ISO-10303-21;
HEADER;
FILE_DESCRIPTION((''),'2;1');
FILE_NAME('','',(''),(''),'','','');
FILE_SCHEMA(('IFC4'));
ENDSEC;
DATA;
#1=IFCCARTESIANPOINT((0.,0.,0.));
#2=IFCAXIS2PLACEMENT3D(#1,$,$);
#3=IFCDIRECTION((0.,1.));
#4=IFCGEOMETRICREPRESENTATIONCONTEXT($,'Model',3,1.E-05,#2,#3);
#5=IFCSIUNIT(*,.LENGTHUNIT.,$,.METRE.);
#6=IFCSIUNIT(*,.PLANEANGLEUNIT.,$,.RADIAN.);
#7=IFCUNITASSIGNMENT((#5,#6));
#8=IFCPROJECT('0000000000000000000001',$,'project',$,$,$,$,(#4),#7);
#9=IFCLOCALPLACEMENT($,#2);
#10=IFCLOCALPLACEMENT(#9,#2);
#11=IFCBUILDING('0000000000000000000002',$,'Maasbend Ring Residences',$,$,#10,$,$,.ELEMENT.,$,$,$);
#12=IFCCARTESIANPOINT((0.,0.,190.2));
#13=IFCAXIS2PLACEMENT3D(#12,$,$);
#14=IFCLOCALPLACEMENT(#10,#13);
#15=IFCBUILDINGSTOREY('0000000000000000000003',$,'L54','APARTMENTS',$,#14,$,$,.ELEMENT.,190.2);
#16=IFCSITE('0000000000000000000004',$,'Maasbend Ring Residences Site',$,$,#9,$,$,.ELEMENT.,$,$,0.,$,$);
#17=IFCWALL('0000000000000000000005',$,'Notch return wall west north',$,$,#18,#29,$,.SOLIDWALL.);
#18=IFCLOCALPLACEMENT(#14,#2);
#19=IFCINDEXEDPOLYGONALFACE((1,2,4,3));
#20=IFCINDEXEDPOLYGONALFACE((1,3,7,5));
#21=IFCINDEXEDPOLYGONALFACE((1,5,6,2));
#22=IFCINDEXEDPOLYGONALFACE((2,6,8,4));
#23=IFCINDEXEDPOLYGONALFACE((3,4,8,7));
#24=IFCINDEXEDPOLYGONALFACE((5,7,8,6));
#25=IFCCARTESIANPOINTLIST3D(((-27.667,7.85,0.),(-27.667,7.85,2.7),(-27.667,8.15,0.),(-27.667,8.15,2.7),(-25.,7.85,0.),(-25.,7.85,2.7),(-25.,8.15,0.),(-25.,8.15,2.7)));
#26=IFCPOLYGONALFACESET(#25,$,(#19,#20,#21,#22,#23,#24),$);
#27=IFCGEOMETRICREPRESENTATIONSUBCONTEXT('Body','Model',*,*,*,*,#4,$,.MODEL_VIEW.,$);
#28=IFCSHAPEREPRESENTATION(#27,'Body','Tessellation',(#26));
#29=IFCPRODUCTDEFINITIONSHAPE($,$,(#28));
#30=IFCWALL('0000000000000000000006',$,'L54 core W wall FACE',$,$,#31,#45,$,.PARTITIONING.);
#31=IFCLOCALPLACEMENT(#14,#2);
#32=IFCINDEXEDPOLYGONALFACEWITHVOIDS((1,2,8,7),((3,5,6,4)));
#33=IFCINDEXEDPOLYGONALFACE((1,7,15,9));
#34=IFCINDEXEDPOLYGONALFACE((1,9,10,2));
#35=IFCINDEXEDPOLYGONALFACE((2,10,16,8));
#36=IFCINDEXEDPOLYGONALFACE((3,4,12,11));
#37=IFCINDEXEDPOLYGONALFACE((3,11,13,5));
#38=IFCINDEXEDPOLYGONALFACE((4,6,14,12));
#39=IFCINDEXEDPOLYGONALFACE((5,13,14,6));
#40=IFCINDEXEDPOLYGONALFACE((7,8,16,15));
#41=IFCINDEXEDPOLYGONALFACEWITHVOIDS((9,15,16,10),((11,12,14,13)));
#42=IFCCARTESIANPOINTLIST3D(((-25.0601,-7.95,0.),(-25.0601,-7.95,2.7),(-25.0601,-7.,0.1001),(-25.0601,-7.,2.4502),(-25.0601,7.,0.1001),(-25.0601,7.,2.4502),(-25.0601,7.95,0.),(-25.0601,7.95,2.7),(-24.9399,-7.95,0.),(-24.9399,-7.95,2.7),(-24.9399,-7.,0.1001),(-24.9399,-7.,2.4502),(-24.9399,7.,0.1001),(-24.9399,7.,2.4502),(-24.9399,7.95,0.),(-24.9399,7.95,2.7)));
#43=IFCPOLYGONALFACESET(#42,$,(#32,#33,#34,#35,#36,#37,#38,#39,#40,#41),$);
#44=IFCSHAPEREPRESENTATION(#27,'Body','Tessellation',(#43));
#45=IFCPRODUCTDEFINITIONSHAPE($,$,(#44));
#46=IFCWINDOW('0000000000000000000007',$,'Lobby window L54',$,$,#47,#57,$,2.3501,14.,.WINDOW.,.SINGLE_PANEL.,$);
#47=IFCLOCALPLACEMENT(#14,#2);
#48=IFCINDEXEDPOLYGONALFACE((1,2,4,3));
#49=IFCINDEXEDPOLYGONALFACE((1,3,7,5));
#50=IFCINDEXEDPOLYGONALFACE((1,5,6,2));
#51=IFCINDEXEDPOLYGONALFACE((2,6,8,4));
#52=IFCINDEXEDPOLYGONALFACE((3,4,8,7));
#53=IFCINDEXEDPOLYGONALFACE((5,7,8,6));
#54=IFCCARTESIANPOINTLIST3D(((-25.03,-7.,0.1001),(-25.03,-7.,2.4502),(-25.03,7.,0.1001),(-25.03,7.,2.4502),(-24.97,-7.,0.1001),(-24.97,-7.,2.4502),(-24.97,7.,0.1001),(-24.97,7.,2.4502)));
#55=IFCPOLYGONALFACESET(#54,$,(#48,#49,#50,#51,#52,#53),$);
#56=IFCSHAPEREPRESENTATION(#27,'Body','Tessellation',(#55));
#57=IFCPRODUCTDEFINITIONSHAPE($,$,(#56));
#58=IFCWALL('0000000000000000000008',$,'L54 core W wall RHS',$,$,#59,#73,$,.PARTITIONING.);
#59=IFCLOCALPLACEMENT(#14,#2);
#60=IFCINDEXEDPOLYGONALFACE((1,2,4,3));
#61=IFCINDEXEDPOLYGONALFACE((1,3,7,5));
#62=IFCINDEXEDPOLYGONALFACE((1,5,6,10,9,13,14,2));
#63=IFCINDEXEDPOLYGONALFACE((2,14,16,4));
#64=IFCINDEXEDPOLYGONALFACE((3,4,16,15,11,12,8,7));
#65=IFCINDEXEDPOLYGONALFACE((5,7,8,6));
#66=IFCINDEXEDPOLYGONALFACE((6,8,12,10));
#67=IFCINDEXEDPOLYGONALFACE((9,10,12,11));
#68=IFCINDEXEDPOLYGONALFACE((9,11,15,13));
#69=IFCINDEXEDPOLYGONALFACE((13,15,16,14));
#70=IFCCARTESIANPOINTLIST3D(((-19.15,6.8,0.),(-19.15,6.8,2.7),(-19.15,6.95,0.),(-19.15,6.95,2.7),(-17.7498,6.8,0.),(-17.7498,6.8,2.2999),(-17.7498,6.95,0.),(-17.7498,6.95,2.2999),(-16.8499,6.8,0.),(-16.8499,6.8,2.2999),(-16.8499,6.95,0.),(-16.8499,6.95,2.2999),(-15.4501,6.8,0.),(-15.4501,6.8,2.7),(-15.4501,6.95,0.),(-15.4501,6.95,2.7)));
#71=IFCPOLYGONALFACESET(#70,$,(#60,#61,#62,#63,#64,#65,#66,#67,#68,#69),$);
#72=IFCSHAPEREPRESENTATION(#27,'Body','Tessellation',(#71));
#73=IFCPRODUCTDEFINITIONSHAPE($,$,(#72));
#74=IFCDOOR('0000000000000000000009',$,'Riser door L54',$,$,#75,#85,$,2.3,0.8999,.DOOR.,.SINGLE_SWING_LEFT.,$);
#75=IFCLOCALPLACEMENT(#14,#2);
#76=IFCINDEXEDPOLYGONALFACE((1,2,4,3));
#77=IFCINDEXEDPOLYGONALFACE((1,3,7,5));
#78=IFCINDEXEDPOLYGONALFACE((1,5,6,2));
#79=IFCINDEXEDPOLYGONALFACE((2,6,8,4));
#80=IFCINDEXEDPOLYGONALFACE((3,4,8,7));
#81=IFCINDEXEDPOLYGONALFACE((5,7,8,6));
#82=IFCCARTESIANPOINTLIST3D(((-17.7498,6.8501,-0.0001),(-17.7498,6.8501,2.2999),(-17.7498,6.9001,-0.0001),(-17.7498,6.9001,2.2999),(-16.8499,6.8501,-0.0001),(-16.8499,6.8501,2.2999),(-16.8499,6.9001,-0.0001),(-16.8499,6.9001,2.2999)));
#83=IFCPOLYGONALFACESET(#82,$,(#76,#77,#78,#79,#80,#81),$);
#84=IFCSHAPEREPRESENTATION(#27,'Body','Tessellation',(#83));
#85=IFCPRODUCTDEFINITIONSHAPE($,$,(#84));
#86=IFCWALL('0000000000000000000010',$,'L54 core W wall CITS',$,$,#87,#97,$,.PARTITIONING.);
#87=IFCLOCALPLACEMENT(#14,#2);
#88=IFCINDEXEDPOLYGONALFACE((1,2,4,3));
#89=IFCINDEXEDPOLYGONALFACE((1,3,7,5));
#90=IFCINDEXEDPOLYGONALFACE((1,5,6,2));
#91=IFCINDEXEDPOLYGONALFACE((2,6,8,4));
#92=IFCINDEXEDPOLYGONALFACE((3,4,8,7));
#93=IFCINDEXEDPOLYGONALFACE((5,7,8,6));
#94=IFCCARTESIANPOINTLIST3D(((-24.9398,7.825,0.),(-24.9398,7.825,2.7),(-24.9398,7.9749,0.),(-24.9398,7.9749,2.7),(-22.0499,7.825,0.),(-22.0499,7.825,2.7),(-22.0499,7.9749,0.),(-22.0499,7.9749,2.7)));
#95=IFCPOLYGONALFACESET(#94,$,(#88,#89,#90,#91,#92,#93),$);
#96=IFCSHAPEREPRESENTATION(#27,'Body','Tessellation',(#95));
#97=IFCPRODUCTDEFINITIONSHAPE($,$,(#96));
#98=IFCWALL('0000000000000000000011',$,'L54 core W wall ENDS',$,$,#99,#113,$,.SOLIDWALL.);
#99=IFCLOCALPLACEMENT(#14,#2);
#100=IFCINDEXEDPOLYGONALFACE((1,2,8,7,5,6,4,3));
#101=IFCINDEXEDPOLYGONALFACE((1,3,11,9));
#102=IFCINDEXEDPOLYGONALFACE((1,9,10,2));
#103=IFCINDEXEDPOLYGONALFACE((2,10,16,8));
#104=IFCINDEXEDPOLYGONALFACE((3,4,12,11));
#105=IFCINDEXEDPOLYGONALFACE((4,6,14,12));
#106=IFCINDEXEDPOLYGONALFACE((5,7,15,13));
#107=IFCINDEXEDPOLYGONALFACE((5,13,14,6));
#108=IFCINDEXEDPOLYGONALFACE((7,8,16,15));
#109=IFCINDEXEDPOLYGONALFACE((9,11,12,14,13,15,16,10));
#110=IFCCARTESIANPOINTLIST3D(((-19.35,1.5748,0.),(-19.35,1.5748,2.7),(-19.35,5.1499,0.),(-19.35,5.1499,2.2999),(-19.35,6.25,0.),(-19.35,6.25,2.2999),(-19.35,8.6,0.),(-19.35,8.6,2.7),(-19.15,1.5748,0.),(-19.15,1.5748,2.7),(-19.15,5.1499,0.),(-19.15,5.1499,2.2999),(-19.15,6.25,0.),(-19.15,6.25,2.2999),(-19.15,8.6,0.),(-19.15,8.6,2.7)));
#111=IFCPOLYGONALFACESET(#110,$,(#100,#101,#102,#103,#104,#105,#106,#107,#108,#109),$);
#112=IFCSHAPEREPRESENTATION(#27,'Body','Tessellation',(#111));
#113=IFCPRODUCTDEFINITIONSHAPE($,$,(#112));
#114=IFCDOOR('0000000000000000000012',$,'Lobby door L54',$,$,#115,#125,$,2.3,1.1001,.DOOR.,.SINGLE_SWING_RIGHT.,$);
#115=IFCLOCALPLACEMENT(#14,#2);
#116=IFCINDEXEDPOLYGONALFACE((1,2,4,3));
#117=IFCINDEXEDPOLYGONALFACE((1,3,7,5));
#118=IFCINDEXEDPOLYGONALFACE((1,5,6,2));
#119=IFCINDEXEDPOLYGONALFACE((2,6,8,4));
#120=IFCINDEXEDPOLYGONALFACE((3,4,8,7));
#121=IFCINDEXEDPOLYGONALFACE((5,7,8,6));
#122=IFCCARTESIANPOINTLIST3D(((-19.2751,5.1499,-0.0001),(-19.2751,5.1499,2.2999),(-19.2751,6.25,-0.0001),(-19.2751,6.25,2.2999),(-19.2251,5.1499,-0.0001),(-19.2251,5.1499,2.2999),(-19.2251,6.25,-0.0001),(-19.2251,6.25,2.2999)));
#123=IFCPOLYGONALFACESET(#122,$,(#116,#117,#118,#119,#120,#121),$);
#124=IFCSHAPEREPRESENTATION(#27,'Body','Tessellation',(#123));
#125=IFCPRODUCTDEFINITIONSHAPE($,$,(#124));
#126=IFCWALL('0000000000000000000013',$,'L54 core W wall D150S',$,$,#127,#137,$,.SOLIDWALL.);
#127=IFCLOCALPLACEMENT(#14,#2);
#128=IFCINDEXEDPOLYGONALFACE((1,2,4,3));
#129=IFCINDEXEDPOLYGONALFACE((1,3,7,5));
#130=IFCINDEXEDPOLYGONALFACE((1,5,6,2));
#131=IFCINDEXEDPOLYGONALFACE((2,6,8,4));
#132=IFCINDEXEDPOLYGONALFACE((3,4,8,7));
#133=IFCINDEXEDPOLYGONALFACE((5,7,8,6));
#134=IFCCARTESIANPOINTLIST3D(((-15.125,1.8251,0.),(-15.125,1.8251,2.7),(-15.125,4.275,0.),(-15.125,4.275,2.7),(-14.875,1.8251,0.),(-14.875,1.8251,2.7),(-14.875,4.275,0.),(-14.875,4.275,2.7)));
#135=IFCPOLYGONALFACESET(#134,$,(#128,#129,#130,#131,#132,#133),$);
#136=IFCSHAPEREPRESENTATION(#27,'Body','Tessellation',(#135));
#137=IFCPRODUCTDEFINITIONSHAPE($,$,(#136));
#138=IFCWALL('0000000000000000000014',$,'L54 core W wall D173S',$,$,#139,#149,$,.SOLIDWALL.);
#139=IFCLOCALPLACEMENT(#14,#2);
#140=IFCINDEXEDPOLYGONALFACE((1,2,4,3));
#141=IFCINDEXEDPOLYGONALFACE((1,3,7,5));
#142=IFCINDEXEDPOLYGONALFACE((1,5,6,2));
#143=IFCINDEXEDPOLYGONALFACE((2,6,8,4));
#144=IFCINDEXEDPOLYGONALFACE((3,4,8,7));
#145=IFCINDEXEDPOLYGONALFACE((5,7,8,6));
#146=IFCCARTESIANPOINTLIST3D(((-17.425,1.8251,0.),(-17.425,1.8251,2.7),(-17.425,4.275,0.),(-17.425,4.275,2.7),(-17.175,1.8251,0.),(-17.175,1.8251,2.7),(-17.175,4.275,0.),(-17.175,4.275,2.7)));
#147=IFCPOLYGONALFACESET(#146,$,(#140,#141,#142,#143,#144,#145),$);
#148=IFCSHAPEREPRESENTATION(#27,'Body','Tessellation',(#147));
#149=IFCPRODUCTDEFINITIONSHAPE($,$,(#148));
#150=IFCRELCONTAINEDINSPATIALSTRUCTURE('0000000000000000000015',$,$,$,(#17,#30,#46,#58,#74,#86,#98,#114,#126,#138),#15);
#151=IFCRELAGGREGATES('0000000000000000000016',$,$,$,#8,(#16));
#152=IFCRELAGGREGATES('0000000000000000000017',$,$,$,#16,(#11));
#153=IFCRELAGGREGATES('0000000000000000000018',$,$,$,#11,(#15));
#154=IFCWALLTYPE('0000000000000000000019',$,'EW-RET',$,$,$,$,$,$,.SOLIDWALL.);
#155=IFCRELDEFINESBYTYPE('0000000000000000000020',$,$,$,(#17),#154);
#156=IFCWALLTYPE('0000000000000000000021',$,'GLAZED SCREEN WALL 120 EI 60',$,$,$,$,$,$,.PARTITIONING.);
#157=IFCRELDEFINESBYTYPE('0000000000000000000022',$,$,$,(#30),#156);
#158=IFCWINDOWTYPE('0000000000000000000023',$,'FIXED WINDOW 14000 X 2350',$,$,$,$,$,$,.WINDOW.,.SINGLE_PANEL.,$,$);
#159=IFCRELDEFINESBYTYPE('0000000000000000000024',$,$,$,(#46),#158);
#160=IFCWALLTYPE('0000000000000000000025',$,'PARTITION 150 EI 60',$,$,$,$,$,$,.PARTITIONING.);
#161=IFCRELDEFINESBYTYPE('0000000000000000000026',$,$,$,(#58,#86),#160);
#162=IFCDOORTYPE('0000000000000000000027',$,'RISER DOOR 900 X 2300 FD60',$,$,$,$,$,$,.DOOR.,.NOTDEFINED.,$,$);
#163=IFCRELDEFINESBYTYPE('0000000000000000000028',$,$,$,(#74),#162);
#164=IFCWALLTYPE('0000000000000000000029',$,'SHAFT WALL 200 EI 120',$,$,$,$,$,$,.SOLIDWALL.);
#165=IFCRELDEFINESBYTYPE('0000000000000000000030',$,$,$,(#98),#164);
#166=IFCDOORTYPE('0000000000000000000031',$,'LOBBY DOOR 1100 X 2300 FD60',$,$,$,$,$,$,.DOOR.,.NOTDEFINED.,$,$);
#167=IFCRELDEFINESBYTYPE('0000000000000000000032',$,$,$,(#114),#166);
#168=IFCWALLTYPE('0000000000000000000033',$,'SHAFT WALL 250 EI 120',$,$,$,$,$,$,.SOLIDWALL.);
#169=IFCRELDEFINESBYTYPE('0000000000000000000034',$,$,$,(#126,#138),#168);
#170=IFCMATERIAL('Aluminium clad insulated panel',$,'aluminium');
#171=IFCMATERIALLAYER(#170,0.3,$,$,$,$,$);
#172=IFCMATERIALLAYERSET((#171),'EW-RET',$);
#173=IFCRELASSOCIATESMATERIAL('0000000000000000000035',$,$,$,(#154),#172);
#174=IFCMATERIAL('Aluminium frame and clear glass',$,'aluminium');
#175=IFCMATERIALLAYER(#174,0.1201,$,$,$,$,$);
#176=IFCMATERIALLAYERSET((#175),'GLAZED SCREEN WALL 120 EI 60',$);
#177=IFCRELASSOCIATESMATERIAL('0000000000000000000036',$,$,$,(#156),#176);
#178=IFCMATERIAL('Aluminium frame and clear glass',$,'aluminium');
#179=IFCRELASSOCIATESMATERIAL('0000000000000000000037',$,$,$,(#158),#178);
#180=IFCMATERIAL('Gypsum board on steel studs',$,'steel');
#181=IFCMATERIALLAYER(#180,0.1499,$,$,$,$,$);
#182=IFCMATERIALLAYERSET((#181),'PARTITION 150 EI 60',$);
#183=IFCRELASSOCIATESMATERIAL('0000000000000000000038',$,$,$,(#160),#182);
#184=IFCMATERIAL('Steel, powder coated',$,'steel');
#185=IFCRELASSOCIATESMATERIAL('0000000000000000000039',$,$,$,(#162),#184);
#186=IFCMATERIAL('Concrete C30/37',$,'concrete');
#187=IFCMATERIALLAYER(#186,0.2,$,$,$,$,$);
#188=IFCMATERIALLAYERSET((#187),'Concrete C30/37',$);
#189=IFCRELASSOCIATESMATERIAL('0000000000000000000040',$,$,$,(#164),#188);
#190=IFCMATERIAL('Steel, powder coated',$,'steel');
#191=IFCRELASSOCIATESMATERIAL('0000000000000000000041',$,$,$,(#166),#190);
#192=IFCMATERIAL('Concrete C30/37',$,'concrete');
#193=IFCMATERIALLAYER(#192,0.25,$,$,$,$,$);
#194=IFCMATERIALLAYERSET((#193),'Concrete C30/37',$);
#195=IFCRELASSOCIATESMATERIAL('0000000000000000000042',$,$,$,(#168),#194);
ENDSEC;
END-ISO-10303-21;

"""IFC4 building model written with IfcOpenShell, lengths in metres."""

from ifc_helpers import new_model, si_unit, direction, frame, frame_2d, origin, place, context, subcontext, project, spatial, rectangle, extrude, material, layer, layer_set, type_object, element, fill, save


model = new_model("IFC4")

# Units and contexts
model_context = context("Model", 3, precision=1e-05, world=origin(), true_north=direction((0.0, 1.0)))
body_context = subcontext(model_context, "Body", "Model", "MODEL_VIEW")
ifc_project = project(units=[si_unit("LENGTHUNIT", "METRE"), si_unit("PLANEANGLEUNIT", "RADIAN")], contexts=[model_context])

# Site, building, storey
site_placement = place(None, origin())
site = spatial("IfcSite", under=ifc_project, at=site_placement, Name="Maasbend Ring Residences Site", CompositionType="ELEMENT", RefElevation=0.0)
building_placement = place(site_placement, origin())
building = spatial("IfcBuilding", under=site, at=building_placement, Name="Maasbend Ring Residences", CompositionType="ELEMENT")
storey_placement = place(building_placement, frame((0.0, 0.0, 190.2)))
storey = spatial("IfcBuildingStorey", under=building, at=storey_placement, Name="L54", Description="APARTMENTS", CompositionType="ELEMENT", Elevation=190.2)

# Wall
ifc_material_1 = material(Name="Aluminium clad insulated panel", Category="aluminium")
ifc_layer_1 = layer(ifc_material_1, 0.3)
ifc_layer_set_1 = layer_set([ifc_layer_1], Name="EW-RET")
wall_type_1 = type_object("IfcWallType", Name="EW-RET", PredefinedType="SOLIDWALL", material=ifc_layer_set_1)
wall_1_placement = place(storey_placement, frame((-25.0, 8.0, 0.0), z_axis=(0.0, 0.0, 1.0), x_axis=(-1.0, 0.0, 0.0)))
element("IfcWall", 1, at=wall_1_placement, inside=storey, type_object=wall_type_1, Name="Notch return wall west north", PredefinedType="SOLIDWALL", context=body_context, shape_type="SweptSolid", body=[
    extrude(rectangle(XDim=2.667, YDim=0.3, at=frame_2d((1.3335, 0.0))), origin(), (0.0, 0.0, 1.0), 2.7),
])

# Wall, opening, window
ifc_material_2 = material(Name="Aluminium frame and clear glass", Category="aluminium")
ifc_layer_2 = layer(ifc_material_2, 0.1201)
ifc_layer_set_2 = layer_set([ifc_layer_2], Name="GLAZED SCREEN WALL 120 EI 60")
wall_type_2 = type_object("IfcWallType", Name="GLAZED SCREEN WALL 120 EI 60", PredefinedType="PARTITIONING", material=ifc_layer_set_2)
wall_2_placement = place(storey_placement, frame((-25.0, 7.95, 0.0), z_axis=(0.0, 0.0, 1.0), x_axis=(0.0, -1.0, 0.0)))
wall_2 = element("IfcWall", 2, at=wall_2_placement, inside=storey, type_object=wall_type_2, Name="L54 core W wall FACE", PredefinedType="PARTITIONING", context=body_context, shape_type="SweptSolid", body=[
    extrude(rectangle(XDim=15.8999, YDim=0.1201, at=frame_2d((7.95, 0.0))), origin(), (0.0, 0.0, 1.0), 2.7),
])
opening_1_placement = place(wall_2_placement, frame((0.95, 0.0, 0.1001)))
opening_1 = element("IfcOpeningElement", 3, at=opening_1_placement, cuts=wall_2, PredefinedType="OPENING", context=body_context, shape_type="SweptSolid", body=[
    extrude(rectangle(XDim=14.0, YDim=2.3501, at=frame_2d((7.0, 1.175))), frame((0.0, 0.0701, 0.0), z_axis=(0.0, -1.0, 0.0), x_axis=(1.0, 0.0, 0.0)), (0.0, 0.0, 1.0), 0.1401),
])
ifc_material_3 = material(Name="Aluminium frame and clear glass", Category="aluminium")
window_type = type_object("IfcWindowType", Name="FIXED WINDOW 14000 X 2350", PartitioningType="SINGLE_PANEL", PredefinedType="WINDOW", material=ifc_material_3)
window_placement = place(opening_1_placement, origin())
window = element("IfcWindow", 4, at=window_placement, inside=storey, type_object=window_type, Name="Lobby window L54", OverallHeight=2.3501, OverallWidth=14.0, PartitioningType="SINGLE_PANEL", PredefinedType="WINDOW", context=body_context, shape_type="SweptSolid", body=[
    extrude(rectangle(XDim=14.0, YDim=2.3501, at=frame_2d((7.0, 1.175))), frame((0.0, 0.03, 0.0), z_axis=(0.0, -1.0, 0.0), x_axis=(1.0, 0.0, 0.0)), (0.0, 0.0, 1.0), 0.0601),
])
fill(opening_1, window)

# Wall, opening, door
ifc_material_4 = material(Name="Gypsum board on steel studs", Category="steel")
ifc_layer_3 = layer(ifc_material_4, 0.1499)
ifc_layer_set_3 = layer_set([ifc_layer_3], Name="PARTITION 150 EI 60")
wall_type_3 = type_object("IfcWallType", Name="PARTITION 150 EI 60", PredefinedType="PARTITIONING", material=ifc_layer_set_3)
wall_3_placement = place(storey_placement, frame((-15.45, 6.875, 0.0), z_axis=(0.0, 0.0, 1.0), x_axis=(-1.0, 0.0, 0.0)))
wall_3 = element("IfcWall", 5, at=wall_3_placement, inside=storey, type_object=wall_type_3, Name="L54 core W wall RHS", PredefinedType="PARTITIONING", context=body_context, shape_type="SweptSolid", body=[
    extrude(rectangle(XDim=3.7, YDim=0.1499, at=frame_2d((1.8501, 0.0))), origin(), (0.0, 0.0, 1.0), 2.7),
])
opening_2_placement = place(wall_3_placement, frame((1.3999, 0.0, 0.0)))
opening_2 = element("IfcOpeningElement", 6, at=opening_2_placement, cuts=wall_3, PredefinedType="OPENING", context=body_context, shape_type="SweptSolid", body=[
    extrude(rectangle(XDim=0.8999, YDim=2.3, at=frame_2d((0.45, 1.1499))), frame((0.0, 0.085, 0.0), z_axis=(0.0, -1.0, 0.0), x_axis=(1.0, 0.0, 0.0)), (0.0, 0.0, 1.0), 0.1699),
])
ifc_material_5 = material(Name="Steel, powder coated", Category="steel")
door_type_1 = type_object("IfcDoorType", Name="RISER DOOR 900 X 2300 FD60", OperationType="NOTDEFINED", PredefinedType="DOOR", material=ifc_material_5)
door_1_placement = place(opening_2_placement, origin())
door_1 = element("IfcDoor", 7, at=door_1_placement, inside=storey, type_object=door_type_1, Name="Riser door L54", OperationType="SINGLE_SWING_LEFT", OverallHeight=2.3, OverallWidth=0.8999, PredefinedType="DOOR", context=body_context, shape_type="SweptSolid", body=[
    extrude(rectangle(XDim=0.8999, YDim=2.3, at=frame_2d((0.45, 1.1499))), frame((0.0, 0.0249, 0.0), z_axis=(0.0, -1.0, 0.0), x_axis=(1.0, 0.0, 0.0)), (0.0, 0.0, 1.0), 0.05),
])
fill(opening_2, door_1)

# Wall
wall_4_placement = place(storey_placement, frame((-22.05, 7.8999, 0.0), z_axis=(0.0, 0.0, 1.0), x_axis=(-1.0, 0.0, 0.0)))
element("IfcWall", 8, at=wall_4_placement, inside=storey, type_object=wall_type_3, Name="L54 core W wall CITS", PredefinedType="PARTITIONING", context=body_context, shape_type="SweptSolid", body=[
    extrude(rectangle(XDim=2.8899, YDim=0.1499, at=frame_2d((1.4448, 0.0))), origin(), (0.0, 0.0, 1.0), 2.7),
])

# Wall, opening, door
ifc_material_6 = material(Name="Concrete C30/37", Category="concrete")
ifc_layer_4 = layer(ifc_material_6, 0.2)
ifc_layer_set_4 = layer_set([ifc_layer_4], Name="Concrete C30/37")
wall_type_4 = type_object("IfcWallType", Name="SHAFT WALL 200 EI 120", PredefinedType="SOLIDWALL", material=ifc_layer_set_4)
wall_5_placement = place(storey_placement, frame((-19.25, 8.6001, 0.0), z_axis=(0.0, 0.0, 1.0), x_axis=(0.0, -1.0, 0.0)))
wall_5 = element("IfcWall", 9, at=wall_5_placement, inside=storey, type_object=wall_type_4, Name="L54 core W wall ENDS", PredefinedType="SOLIDWALL", context=body_context, shape_type="SweptSolid", body=[
    extrude(rectangle(XDim=7.0251, YDim=0.2, at=frame_2d((3.5127, 0.0))), origin(), (0.0, 0.0, 1.0), 2.7),
])
opening_3_placement = place(wall_5_placement, frame((2.3501, 0.0, 0.0)))
opening_3 = element("IfcOpeningElement", 10, at=opening_3_placement, cuts=wall_5, PredefinedType="OPENING", context=body_context, shape_type="SweptSolid", body=[
    extrude(rectangle(XDim=1.1001, YDim=2.3, at=frame_2d((0.55, 1.1499))), frame((0.0, 0.1099, 0.0), z_axis=(0.0, -1.0, 0.0), x_axis=(1.0, 0.0, 0.0)), (0.0, 0.0, 1.0), 0.22),
])
ifc_material_7 = material(Name="Steel, powder coated", Category="steel")
door_type_2 = type_object("IfcDoorType", Name="LOBBY DOOR 1100 X 2300 FD60", OperationType="NOTDEFINED", PredefinedType="DOOR", material=ifc_material_7)
door_2_placement = place(opening_3_placement, origin())
door_2 = element("IfcDoor", 11, at=door_2_placement, inside=storey, type_object=door_type_2, Name="Lobby door L54", OperationType="SINGLE_SWING_RIGHT", OverallHeight=2.3, OverallWidth=1.1001, PredefinedType="DOOR", context=body_context, shape_type="SweptSolid", body=[
    extrude(rectangle(XDim=1.1001, YDim=2.3, at=frame_2d((0.55, 1.1499))), frame((0.0, 0.0249, 0.0), z_axis=(0.0, -1.0, 0.0), x_axis=(1.0, 0.0, 0.0)), (0.0, 0.0, 1.0), 0.05),
])
fill(opening_3, door_2)

# Walls
ifc_material_8 = material(Name="Concrete C30/37", Category="concrete")
ifc_layer_5 = layer(ifc_material_8, 0.25)
ifc_layer_set_5 = layer_set([ifc_layer_5], Name="Concrete C30/37")
wall_type_5 = type_object("IfcWallType", Name="SHAFT WALL 250 EI 120", PredefinedType="SOLIDWALL", material=ifc_layer_set_5)
for number, where, z_axis, x_axis, name in (
    (12, (-15.0, 1.825, 0.0), (0.0, 0.0, 1.0), (0.0, 1.0, 0.0), "L54 core W wall D150S"),
    (13, (-17.3, 1.825, 0.0), (0.0, 0.0, 1.0), (0.0, 1.0, 0.0), "L54 core W wall D173S"),
):
    element("IfcWall", number, at=place(storey_placement, frame(where, z_axis=z_axis, x_axis=x_axis)), inside=storey, type_object=wall_type_5, Name=name, PredefinedType="SOLIDWALL", context=body_context, shape_type="SweptSolid", body=[
        extrude(rectangle(XDim=2.45, YDim=0.25, at=frame_2d((1.2251, 0.0))), origin(), (0.0, 0.0, 1.0), 2.7),
    ])

save(model, "model.ifc")
